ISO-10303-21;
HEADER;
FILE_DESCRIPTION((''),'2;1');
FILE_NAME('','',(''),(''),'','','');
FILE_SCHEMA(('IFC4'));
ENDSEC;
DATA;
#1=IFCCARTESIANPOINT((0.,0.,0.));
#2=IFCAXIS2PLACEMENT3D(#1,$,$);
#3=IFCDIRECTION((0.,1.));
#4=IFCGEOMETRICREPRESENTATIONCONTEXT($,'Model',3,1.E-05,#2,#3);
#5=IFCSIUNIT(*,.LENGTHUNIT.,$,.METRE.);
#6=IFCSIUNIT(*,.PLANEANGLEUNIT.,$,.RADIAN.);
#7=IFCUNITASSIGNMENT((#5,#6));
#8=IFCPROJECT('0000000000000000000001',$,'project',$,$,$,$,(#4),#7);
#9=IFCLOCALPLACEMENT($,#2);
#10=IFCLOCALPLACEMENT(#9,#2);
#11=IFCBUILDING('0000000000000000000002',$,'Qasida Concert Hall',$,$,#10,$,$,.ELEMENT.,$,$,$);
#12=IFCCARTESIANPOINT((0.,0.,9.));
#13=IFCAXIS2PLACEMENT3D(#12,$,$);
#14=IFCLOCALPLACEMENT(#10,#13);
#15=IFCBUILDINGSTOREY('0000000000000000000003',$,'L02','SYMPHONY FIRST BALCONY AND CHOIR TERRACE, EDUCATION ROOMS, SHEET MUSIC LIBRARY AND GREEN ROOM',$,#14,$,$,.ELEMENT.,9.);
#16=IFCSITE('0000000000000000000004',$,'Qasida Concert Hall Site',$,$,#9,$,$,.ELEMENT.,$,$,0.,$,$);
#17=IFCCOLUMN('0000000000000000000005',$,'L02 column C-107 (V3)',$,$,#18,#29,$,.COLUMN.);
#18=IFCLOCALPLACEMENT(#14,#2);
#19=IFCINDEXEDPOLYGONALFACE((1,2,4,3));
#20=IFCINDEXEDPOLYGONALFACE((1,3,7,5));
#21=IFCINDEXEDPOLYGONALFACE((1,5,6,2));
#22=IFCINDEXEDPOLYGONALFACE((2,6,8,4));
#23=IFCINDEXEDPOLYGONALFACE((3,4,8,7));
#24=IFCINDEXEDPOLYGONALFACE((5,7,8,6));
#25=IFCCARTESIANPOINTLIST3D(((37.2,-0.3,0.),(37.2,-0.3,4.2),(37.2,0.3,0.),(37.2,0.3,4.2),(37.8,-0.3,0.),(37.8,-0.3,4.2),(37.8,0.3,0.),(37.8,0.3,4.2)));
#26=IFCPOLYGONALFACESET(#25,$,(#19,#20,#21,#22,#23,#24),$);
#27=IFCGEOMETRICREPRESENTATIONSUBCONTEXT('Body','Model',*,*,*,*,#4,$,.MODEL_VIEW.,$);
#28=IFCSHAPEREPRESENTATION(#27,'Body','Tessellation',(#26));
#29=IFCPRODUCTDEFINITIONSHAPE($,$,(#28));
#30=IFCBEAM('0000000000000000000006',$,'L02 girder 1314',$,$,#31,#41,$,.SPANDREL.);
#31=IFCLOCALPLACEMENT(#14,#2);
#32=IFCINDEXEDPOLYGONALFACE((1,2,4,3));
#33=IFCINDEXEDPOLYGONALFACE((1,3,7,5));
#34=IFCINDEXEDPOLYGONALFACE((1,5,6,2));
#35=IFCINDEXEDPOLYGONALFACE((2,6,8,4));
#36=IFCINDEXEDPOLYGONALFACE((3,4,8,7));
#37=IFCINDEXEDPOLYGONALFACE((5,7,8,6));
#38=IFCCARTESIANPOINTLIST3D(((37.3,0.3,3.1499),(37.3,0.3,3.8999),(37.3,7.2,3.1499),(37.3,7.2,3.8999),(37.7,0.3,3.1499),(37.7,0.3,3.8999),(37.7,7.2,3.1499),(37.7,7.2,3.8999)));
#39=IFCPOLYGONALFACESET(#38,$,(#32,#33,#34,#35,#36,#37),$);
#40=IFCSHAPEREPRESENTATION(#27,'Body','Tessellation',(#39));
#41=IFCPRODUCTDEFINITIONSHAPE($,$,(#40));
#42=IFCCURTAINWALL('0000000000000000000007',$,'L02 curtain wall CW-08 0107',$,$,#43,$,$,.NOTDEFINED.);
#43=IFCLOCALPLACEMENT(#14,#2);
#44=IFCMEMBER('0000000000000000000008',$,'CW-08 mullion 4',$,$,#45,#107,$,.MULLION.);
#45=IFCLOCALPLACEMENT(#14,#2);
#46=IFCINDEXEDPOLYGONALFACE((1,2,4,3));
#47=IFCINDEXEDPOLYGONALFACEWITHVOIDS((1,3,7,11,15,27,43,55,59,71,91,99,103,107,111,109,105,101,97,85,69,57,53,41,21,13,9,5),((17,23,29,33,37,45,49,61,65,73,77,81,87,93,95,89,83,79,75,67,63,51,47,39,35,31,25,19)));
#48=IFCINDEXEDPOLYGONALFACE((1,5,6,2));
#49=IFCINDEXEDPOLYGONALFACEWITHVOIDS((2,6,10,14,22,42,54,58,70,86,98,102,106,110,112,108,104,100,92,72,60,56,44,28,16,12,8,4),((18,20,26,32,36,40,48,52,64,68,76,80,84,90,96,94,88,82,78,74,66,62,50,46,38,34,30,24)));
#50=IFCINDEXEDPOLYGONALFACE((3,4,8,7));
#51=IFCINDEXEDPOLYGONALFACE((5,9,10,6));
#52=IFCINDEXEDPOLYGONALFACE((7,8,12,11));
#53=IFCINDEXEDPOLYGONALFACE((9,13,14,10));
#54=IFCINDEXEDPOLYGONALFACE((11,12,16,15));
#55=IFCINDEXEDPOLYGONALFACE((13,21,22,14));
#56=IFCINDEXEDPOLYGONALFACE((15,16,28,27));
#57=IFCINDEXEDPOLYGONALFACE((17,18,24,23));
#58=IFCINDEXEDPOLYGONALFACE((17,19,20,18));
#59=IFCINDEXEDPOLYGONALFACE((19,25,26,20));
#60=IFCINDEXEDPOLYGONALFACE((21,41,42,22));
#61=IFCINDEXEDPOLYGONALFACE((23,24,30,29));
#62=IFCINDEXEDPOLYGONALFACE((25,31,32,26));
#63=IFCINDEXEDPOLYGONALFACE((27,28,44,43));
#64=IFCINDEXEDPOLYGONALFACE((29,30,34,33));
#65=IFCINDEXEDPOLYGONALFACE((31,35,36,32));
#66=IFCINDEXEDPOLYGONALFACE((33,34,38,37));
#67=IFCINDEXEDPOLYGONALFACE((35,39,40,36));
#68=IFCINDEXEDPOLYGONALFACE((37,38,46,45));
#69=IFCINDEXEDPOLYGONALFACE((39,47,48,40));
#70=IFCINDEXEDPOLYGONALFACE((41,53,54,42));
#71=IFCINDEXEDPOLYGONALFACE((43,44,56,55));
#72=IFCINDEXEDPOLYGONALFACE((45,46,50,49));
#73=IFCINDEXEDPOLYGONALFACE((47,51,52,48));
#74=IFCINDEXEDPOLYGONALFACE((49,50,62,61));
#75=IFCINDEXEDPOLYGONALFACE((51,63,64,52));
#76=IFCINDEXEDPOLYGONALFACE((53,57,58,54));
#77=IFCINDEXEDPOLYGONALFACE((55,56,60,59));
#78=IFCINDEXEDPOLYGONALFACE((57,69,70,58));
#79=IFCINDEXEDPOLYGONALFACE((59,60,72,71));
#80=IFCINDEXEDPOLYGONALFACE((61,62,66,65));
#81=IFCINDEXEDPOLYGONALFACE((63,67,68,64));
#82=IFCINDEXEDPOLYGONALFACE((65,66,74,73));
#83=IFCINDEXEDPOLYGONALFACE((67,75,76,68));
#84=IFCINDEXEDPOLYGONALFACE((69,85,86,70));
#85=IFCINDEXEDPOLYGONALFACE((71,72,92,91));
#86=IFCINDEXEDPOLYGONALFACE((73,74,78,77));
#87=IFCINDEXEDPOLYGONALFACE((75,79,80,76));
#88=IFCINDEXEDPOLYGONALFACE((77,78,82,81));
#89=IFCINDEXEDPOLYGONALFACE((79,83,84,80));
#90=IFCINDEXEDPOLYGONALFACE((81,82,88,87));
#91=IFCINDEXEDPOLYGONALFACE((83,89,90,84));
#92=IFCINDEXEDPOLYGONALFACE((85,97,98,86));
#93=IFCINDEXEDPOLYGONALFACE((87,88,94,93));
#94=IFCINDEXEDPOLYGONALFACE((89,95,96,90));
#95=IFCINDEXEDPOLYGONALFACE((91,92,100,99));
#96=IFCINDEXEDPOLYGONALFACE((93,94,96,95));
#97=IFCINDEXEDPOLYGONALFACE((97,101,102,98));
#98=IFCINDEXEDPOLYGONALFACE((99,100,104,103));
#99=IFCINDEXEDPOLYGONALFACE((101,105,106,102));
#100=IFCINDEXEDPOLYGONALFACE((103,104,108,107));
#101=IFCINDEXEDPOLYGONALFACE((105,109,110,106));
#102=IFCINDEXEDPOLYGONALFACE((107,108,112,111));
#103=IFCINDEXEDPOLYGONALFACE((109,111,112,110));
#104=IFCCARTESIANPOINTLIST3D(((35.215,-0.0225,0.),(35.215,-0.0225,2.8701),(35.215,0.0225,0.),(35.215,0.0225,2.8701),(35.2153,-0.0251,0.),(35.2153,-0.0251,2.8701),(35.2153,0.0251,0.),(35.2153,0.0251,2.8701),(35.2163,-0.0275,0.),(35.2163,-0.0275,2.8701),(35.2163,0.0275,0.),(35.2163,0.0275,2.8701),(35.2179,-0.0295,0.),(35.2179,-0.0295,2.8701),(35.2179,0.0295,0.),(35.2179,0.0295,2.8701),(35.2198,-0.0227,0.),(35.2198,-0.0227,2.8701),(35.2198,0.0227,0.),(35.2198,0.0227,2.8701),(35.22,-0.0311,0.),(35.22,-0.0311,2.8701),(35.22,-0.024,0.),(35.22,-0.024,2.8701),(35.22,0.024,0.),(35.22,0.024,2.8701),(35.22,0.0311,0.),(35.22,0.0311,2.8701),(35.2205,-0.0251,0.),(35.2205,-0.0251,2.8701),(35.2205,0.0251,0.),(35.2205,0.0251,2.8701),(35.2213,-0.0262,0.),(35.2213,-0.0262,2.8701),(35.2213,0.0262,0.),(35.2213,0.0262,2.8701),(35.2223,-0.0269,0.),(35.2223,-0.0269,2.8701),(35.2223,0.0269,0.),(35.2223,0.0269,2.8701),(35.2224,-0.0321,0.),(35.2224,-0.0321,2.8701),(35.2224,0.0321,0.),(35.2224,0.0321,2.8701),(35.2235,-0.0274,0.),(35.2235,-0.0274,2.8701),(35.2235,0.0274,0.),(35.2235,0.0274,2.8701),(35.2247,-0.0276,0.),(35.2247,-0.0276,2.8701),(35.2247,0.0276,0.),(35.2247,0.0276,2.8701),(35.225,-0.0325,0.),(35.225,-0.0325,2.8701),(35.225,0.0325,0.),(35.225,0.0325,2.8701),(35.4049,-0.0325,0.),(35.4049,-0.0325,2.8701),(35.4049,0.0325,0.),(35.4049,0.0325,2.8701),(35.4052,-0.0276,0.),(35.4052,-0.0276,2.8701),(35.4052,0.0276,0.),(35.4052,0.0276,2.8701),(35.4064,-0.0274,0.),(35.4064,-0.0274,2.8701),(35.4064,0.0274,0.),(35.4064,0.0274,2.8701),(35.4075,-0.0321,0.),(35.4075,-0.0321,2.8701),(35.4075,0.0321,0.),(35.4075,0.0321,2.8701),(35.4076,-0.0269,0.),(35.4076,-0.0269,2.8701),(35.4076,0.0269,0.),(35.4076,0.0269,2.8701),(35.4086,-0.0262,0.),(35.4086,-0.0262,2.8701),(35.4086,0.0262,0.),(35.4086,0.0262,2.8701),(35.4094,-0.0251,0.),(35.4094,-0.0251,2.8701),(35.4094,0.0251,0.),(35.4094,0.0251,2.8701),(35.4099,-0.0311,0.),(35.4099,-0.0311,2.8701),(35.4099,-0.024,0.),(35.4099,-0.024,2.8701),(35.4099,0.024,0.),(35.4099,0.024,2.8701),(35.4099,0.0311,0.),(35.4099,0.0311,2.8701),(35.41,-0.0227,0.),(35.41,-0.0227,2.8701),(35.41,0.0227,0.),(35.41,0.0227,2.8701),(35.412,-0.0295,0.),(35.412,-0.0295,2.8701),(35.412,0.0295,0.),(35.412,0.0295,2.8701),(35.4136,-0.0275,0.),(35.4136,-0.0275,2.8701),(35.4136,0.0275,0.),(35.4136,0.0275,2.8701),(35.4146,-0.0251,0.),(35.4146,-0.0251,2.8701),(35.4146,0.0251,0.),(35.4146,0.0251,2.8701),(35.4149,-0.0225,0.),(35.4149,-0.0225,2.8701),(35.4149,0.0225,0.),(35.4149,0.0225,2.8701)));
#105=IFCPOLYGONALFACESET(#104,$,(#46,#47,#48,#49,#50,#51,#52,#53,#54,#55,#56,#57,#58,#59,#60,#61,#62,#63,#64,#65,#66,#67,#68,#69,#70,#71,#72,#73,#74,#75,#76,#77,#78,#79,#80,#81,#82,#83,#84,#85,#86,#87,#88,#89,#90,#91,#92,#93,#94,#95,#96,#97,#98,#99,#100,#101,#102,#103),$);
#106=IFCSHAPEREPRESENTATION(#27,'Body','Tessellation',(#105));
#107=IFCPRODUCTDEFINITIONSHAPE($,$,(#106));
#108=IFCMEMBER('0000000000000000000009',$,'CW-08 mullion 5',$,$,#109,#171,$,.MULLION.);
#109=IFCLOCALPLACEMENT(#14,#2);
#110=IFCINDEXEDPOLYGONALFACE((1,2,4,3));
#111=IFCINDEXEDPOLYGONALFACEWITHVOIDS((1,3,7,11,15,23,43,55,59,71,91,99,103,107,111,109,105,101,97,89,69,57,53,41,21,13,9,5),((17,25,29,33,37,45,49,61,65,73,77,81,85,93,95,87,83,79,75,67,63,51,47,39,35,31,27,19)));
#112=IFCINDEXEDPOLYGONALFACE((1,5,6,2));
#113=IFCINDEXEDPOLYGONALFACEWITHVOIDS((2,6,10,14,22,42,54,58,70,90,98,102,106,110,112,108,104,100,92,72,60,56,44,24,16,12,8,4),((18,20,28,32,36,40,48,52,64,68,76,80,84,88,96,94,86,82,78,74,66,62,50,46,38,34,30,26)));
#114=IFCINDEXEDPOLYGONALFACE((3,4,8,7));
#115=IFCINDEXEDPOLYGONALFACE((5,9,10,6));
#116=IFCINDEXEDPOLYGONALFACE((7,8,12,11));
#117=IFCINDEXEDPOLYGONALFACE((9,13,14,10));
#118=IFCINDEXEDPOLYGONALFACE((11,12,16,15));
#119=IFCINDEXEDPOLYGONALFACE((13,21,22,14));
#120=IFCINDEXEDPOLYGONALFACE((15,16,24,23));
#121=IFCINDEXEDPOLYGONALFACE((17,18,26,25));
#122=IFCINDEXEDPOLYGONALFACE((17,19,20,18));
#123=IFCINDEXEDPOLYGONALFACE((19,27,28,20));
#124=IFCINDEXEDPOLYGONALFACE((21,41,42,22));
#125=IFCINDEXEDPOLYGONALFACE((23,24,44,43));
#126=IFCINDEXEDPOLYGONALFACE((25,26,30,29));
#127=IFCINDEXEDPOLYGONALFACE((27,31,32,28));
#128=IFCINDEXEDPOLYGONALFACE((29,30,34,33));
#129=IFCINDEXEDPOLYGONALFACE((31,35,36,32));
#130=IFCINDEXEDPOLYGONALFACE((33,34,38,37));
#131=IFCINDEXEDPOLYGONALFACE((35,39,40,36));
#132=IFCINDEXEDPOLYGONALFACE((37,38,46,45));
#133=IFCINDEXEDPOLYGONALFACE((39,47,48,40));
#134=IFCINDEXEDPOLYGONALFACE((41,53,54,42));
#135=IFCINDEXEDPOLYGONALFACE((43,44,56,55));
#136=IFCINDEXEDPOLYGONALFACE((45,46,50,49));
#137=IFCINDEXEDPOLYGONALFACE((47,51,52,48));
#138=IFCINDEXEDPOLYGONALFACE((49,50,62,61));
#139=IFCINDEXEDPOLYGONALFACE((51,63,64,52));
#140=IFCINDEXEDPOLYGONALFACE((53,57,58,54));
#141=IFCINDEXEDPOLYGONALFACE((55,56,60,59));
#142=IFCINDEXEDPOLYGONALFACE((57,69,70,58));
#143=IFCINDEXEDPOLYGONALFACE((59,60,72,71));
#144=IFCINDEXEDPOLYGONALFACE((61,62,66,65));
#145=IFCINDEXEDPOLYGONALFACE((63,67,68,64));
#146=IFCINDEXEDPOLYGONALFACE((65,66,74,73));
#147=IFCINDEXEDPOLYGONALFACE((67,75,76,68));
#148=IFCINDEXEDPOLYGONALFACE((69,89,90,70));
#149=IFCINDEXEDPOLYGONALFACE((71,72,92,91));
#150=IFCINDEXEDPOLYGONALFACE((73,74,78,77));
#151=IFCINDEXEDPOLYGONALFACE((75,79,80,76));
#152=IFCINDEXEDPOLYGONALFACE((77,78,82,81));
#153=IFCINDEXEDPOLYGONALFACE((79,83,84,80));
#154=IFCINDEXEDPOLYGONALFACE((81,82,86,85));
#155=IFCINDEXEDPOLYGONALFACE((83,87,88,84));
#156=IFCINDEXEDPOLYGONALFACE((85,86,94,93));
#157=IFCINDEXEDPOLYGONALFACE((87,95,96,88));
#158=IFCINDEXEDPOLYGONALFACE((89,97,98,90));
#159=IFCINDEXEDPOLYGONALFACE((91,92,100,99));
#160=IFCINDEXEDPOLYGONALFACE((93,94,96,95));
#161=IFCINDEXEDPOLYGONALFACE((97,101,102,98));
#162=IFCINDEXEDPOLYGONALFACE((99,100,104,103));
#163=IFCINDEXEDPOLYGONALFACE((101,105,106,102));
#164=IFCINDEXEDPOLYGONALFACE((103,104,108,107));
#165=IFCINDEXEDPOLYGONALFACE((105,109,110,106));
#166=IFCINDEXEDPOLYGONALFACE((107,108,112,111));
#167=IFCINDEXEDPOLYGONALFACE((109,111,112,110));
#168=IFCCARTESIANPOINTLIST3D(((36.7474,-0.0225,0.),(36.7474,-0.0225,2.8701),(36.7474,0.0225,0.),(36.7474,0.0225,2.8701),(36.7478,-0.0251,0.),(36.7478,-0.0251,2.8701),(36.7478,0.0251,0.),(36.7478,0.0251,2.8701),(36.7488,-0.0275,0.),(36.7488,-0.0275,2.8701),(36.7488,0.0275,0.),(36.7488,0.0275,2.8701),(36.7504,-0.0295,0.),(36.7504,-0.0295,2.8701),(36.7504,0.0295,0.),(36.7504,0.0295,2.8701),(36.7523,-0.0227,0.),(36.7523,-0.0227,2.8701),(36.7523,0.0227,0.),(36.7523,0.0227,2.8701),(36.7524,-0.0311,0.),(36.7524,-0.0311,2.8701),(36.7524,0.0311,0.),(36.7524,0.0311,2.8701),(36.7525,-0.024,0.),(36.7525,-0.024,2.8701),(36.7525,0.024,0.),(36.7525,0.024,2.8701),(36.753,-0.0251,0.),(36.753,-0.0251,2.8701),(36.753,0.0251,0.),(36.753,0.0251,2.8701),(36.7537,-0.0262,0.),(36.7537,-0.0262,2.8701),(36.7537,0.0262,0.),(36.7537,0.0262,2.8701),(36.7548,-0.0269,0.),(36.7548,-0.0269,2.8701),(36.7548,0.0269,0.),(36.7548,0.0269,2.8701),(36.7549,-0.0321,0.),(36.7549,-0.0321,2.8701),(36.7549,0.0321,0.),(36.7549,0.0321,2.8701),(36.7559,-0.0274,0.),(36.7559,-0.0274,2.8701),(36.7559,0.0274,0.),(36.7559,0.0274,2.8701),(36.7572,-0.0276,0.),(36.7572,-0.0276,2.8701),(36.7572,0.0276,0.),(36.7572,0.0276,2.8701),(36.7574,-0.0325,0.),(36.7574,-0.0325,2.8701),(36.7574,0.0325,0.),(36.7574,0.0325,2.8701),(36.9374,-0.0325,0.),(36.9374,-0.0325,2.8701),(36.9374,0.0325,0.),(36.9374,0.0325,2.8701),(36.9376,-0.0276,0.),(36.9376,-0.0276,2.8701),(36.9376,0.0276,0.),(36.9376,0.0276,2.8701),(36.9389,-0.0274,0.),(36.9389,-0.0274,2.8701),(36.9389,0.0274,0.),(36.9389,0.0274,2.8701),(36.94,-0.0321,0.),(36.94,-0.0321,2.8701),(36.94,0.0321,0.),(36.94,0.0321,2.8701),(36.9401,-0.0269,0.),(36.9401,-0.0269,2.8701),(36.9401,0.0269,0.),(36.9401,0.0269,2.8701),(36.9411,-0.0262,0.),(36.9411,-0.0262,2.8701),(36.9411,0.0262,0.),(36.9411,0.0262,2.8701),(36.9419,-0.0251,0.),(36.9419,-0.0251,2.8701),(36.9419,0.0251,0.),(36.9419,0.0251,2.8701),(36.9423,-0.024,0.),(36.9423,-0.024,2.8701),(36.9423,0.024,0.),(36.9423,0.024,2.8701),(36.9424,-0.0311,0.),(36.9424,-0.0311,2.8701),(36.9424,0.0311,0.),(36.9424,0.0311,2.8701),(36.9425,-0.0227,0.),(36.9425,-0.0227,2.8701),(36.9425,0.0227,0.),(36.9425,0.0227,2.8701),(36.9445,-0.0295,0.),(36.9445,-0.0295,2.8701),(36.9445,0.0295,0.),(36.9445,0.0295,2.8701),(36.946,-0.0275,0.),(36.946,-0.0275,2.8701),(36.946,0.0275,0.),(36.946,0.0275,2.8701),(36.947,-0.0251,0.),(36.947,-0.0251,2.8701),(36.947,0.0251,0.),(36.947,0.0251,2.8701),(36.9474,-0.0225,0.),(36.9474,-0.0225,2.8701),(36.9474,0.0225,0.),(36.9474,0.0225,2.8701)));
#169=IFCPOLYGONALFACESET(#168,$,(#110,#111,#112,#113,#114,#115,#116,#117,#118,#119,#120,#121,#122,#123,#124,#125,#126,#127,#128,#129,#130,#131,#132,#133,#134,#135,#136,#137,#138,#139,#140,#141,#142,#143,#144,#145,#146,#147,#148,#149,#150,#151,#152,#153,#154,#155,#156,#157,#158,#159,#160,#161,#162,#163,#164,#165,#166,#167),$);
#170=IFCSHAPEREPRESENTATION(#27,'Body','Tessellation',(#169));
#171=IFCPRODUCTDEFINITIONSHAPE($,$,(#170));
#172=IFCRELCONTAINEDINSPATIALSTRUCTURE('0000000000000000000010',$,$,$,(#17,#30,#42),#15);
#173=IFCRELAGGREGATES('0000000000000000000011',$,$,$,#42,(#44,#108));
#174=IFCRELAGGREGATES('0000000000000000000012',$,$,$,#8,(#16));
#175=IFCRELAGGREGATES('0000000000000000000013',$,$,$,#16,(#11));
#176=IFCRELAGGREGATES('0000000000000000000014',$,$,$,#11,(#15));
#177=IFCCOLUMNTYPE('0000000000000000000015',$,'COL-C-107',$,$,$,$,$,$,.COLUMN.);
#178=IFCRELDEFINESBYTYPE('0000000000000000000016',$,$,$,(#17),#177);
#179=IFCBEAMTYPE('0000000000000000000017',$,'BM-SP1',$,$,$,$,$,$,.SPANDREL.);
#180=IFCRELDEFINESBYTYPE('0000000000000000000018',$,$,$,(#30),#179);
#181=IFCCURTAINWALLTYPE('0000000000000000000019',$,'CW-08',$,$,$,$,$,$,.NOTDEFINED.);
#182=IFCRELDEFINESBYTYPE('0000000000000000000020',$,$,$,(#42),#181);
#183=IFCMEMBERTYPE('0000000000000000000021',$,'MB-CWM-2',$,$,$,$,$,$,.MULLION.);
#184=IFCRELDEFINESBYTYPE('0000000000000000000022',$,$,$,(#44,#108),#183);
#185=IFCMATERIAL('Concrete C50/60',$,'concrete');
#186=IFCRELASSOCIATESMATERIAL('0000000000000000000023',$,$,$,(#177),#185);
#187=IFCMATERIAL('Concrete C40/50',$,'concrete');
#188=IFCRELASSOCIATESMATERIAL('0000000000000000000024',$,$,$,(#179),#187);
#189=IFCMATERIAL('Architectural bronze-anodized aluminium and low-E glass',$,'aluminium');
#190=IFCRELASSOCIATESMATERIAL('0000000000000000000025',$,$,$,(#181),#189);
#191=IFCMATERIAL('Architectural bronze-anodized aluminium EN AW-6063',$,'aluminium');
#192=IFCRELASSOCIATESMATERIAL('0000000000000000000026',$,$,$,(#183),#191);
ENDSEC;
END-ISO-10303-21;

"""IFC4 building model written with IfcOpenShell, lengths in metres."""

from ifc_helpers import new_model, si_unit, direction, frame, origin, origin_2d, place, context, subcontext, project, spatial, rectangle, hollow_rectangle, extrude, material, material_profile, profile_set, type_object, element, aggregate, save


model = new_model("IFC4")

# Units and contexts
model_context = context("Model", 3, precision=1e-05, world=origin(), true_north=direction((0.0, 1.0)))
body_context = subcontext(model_context, "Body", "Model", "MODEL_VIEW")
ifc_project = project(units=[si_unit("LENGTHUNIT", "METRE"), si_unit("PLANEANGLEUNIT", "RADIAN")], contexts=[model_context])

# Site, building, storey
site_placement = place(None, origin())
site = spatial("IfcSite", under=ifc_project, at=site_placement, Name="Qasida Concert Hall Site", CompositionType="ELEMENT", RefElevation=0.0)
building_placement = place(site_placement, origin())
building = spatial("IfcBuilding", under=site, at=building_placement, Name="Qasida Concert Hall", CompositionType="ELEMENT")
storey_placement = place(building_placement, frame((0.0, 0.0, 9.0)))
storey = spatial("IfcBuildingStorey", under=building, at=storey_placement, Name="L02", Description="SYMPHONY FIRST BALCONY AND CHOIR TERRACE, EDUCATION ROOMS, SHEET MUSIC LIBRARY AND GREEN ROOM", CompositionType="ELEMENT", Elevation=9.0)

# Column
ifc_material_1 = material(Name="Concrete C50/60", Category="concrete")
ifc_material_profile_1 = material_profile(ifc_material_1, rectangle(XDim=0.6001, YDim=0.6001, at=origin_2d()), Name="RC 600x600")
ifc_profile_set_1 = profile_set([ifc_material_profile_1], Name="Concrete C50/60")
column_type = type_object("IfcColumnType", Name="COL-C-107", PredefinedType="COLUMN", material=ifc_profile_set_1)
column_placement = place(storey_placement, frame((37.5, 0.0, 0.0), z_axis=(0.0, 0.0, 1.0), x_axis=(1.0, 0.0, 0.0)))
element("IfcColumn", 1, at=column_placement, inside=storey, type_object=column_type, Name="L02 column C-107 (V3)", PredefinedType="COLUMN", context=body_context, shape_type="SweptSolid", body=[
    extrude(rectangle(XDim=0.6001, YDim=0.6001, at=origin_2d()), origin(), (0.0, 0.0, 1.0), 4.2),
])

# Beam
ifc_material_2 = material(Name="Concrete C40/50", Category="concrete")
ifc_material_profile_2 = material_profile(ifc_material_2, rectangle(XDim=0.3999, YDim=0.75, at=origin_2d()), Name="RC 400x750")
ifc_profile_set_2 = profile_set([ifc_material_profile_2], Name="Concrete C40/50")
beam_type = type_object("IfcBeamType", Name="BM-SP1", PredefinedType="SPANDREL", material=ifc_profile_set_2)
beam_placement = place(storey_placement, frame((37.5, 0.3, 3.5249), z_axis=(0.0, 1.0, 0.0), x_axis=(-1.0, 0.0, 0.0)))
element("IfcBeam", 2, at=beam_placement, inside=storey, type_object=beam_type, Name="L02 girder 1314", PredefinedType="SPANDREL", context=body_context, shape_type="SweptSolid", body=[
    extrude(rectangle(XDim=0.3999, YDim=0.75, at=origin_2d()), origin(), (0.0, 0.0, 1.0), 6.8999),
])

# Curtain wall, members
ifc_material_3 = material(Name="Architectural bronze-anodized aluminium and low-E glass", Category="aluminium")
curtain_wall_type = type_object("IfcCurtainWallType", Name="CW-08", PredefinedType="NOTDEFINED", material=ifc_material_3)
curtain_wall_1_placement = place(storey_placement, origin())
curtain_wall_1 = element("IfcCurtainWall", 3, at=curtain_wall_1_placement, inside=storey, type_object=curtain_wall_type, Name="L02 curtain wall CW-08 0107", PredefinedType="NOTDEFINED")
ifc_material_4 = material(Name="Architectural bronze-anodized aluminium EN AW-6063", Category="aluminium")
ifc_material_profile_3 = material_profile(ifc_material_4, hollow_rectangle(XDim=0.0649, YDim=0.2, WallThickness=0.0049, InnerFilletRadius=0.0049, OuterFilletRadius=0.01, at=origin_2d()), Name="CWM 200x65x5")
ifc_profile_set_3 = profile_set([ifc_material_profile_3], Name="Architectural bronze-anodized aluminium EN AW-6063")
member_type_1 = type_object("IfcMemberType", Name="MB-CWM-2", PredefinedType="MULLION", material=ifc_profile_set_3)
member_1_placement = place(storey_placement, frame((35.3149, 0.0, 0.0), z_axis=(0.0, 0.0, 1.0), x_axis=(0.0, 1.0, 0.0)))
member_1 = element("IfcMember", 4, at=member_1_placement, type_object=member_type_1, Name="CW-08 mullion 4", PredefinedType="MULLION", context=body_context, shape_type="SweptSolid", body=[
    extrude(hollow_rectangle(XDim=0.0649, YDim=0.2, WallThickness=0.0049, InnerFilletRadius=0.0049, OuterFilletRadius=0.01, at=origin_2d()), origin(), (0.0, 0.0, 1.0), 2.8701),
])
member_2_placement = place(storey_placement, frame((36.8474, 0.0, 0.0), z_axis=(0.0, 0.0, 1.0), x_axis=(0.0, 1.0, 0.0)))
member_2 = element("IfcMember", 5, at=member_2_placement, type_object=member_type_1, Name="CW-08 mullion 5", PredefinedType="MULLION", context=body_context, shape_type="SweptSolid", body=[
    extrude(hollow_rectangle(XDim=0.0649, YDim=0.2, WallThickness=0.0049, InnerFilletRadius=0.0049, OuterFilletRadius=0.01, at=origin_2d()), origin(), (0.0, 0.0, 1.0), 2.8701),
])

aggregate(curtain_wall_1, [member_1, member_2])

save(model, "model.ifc")
